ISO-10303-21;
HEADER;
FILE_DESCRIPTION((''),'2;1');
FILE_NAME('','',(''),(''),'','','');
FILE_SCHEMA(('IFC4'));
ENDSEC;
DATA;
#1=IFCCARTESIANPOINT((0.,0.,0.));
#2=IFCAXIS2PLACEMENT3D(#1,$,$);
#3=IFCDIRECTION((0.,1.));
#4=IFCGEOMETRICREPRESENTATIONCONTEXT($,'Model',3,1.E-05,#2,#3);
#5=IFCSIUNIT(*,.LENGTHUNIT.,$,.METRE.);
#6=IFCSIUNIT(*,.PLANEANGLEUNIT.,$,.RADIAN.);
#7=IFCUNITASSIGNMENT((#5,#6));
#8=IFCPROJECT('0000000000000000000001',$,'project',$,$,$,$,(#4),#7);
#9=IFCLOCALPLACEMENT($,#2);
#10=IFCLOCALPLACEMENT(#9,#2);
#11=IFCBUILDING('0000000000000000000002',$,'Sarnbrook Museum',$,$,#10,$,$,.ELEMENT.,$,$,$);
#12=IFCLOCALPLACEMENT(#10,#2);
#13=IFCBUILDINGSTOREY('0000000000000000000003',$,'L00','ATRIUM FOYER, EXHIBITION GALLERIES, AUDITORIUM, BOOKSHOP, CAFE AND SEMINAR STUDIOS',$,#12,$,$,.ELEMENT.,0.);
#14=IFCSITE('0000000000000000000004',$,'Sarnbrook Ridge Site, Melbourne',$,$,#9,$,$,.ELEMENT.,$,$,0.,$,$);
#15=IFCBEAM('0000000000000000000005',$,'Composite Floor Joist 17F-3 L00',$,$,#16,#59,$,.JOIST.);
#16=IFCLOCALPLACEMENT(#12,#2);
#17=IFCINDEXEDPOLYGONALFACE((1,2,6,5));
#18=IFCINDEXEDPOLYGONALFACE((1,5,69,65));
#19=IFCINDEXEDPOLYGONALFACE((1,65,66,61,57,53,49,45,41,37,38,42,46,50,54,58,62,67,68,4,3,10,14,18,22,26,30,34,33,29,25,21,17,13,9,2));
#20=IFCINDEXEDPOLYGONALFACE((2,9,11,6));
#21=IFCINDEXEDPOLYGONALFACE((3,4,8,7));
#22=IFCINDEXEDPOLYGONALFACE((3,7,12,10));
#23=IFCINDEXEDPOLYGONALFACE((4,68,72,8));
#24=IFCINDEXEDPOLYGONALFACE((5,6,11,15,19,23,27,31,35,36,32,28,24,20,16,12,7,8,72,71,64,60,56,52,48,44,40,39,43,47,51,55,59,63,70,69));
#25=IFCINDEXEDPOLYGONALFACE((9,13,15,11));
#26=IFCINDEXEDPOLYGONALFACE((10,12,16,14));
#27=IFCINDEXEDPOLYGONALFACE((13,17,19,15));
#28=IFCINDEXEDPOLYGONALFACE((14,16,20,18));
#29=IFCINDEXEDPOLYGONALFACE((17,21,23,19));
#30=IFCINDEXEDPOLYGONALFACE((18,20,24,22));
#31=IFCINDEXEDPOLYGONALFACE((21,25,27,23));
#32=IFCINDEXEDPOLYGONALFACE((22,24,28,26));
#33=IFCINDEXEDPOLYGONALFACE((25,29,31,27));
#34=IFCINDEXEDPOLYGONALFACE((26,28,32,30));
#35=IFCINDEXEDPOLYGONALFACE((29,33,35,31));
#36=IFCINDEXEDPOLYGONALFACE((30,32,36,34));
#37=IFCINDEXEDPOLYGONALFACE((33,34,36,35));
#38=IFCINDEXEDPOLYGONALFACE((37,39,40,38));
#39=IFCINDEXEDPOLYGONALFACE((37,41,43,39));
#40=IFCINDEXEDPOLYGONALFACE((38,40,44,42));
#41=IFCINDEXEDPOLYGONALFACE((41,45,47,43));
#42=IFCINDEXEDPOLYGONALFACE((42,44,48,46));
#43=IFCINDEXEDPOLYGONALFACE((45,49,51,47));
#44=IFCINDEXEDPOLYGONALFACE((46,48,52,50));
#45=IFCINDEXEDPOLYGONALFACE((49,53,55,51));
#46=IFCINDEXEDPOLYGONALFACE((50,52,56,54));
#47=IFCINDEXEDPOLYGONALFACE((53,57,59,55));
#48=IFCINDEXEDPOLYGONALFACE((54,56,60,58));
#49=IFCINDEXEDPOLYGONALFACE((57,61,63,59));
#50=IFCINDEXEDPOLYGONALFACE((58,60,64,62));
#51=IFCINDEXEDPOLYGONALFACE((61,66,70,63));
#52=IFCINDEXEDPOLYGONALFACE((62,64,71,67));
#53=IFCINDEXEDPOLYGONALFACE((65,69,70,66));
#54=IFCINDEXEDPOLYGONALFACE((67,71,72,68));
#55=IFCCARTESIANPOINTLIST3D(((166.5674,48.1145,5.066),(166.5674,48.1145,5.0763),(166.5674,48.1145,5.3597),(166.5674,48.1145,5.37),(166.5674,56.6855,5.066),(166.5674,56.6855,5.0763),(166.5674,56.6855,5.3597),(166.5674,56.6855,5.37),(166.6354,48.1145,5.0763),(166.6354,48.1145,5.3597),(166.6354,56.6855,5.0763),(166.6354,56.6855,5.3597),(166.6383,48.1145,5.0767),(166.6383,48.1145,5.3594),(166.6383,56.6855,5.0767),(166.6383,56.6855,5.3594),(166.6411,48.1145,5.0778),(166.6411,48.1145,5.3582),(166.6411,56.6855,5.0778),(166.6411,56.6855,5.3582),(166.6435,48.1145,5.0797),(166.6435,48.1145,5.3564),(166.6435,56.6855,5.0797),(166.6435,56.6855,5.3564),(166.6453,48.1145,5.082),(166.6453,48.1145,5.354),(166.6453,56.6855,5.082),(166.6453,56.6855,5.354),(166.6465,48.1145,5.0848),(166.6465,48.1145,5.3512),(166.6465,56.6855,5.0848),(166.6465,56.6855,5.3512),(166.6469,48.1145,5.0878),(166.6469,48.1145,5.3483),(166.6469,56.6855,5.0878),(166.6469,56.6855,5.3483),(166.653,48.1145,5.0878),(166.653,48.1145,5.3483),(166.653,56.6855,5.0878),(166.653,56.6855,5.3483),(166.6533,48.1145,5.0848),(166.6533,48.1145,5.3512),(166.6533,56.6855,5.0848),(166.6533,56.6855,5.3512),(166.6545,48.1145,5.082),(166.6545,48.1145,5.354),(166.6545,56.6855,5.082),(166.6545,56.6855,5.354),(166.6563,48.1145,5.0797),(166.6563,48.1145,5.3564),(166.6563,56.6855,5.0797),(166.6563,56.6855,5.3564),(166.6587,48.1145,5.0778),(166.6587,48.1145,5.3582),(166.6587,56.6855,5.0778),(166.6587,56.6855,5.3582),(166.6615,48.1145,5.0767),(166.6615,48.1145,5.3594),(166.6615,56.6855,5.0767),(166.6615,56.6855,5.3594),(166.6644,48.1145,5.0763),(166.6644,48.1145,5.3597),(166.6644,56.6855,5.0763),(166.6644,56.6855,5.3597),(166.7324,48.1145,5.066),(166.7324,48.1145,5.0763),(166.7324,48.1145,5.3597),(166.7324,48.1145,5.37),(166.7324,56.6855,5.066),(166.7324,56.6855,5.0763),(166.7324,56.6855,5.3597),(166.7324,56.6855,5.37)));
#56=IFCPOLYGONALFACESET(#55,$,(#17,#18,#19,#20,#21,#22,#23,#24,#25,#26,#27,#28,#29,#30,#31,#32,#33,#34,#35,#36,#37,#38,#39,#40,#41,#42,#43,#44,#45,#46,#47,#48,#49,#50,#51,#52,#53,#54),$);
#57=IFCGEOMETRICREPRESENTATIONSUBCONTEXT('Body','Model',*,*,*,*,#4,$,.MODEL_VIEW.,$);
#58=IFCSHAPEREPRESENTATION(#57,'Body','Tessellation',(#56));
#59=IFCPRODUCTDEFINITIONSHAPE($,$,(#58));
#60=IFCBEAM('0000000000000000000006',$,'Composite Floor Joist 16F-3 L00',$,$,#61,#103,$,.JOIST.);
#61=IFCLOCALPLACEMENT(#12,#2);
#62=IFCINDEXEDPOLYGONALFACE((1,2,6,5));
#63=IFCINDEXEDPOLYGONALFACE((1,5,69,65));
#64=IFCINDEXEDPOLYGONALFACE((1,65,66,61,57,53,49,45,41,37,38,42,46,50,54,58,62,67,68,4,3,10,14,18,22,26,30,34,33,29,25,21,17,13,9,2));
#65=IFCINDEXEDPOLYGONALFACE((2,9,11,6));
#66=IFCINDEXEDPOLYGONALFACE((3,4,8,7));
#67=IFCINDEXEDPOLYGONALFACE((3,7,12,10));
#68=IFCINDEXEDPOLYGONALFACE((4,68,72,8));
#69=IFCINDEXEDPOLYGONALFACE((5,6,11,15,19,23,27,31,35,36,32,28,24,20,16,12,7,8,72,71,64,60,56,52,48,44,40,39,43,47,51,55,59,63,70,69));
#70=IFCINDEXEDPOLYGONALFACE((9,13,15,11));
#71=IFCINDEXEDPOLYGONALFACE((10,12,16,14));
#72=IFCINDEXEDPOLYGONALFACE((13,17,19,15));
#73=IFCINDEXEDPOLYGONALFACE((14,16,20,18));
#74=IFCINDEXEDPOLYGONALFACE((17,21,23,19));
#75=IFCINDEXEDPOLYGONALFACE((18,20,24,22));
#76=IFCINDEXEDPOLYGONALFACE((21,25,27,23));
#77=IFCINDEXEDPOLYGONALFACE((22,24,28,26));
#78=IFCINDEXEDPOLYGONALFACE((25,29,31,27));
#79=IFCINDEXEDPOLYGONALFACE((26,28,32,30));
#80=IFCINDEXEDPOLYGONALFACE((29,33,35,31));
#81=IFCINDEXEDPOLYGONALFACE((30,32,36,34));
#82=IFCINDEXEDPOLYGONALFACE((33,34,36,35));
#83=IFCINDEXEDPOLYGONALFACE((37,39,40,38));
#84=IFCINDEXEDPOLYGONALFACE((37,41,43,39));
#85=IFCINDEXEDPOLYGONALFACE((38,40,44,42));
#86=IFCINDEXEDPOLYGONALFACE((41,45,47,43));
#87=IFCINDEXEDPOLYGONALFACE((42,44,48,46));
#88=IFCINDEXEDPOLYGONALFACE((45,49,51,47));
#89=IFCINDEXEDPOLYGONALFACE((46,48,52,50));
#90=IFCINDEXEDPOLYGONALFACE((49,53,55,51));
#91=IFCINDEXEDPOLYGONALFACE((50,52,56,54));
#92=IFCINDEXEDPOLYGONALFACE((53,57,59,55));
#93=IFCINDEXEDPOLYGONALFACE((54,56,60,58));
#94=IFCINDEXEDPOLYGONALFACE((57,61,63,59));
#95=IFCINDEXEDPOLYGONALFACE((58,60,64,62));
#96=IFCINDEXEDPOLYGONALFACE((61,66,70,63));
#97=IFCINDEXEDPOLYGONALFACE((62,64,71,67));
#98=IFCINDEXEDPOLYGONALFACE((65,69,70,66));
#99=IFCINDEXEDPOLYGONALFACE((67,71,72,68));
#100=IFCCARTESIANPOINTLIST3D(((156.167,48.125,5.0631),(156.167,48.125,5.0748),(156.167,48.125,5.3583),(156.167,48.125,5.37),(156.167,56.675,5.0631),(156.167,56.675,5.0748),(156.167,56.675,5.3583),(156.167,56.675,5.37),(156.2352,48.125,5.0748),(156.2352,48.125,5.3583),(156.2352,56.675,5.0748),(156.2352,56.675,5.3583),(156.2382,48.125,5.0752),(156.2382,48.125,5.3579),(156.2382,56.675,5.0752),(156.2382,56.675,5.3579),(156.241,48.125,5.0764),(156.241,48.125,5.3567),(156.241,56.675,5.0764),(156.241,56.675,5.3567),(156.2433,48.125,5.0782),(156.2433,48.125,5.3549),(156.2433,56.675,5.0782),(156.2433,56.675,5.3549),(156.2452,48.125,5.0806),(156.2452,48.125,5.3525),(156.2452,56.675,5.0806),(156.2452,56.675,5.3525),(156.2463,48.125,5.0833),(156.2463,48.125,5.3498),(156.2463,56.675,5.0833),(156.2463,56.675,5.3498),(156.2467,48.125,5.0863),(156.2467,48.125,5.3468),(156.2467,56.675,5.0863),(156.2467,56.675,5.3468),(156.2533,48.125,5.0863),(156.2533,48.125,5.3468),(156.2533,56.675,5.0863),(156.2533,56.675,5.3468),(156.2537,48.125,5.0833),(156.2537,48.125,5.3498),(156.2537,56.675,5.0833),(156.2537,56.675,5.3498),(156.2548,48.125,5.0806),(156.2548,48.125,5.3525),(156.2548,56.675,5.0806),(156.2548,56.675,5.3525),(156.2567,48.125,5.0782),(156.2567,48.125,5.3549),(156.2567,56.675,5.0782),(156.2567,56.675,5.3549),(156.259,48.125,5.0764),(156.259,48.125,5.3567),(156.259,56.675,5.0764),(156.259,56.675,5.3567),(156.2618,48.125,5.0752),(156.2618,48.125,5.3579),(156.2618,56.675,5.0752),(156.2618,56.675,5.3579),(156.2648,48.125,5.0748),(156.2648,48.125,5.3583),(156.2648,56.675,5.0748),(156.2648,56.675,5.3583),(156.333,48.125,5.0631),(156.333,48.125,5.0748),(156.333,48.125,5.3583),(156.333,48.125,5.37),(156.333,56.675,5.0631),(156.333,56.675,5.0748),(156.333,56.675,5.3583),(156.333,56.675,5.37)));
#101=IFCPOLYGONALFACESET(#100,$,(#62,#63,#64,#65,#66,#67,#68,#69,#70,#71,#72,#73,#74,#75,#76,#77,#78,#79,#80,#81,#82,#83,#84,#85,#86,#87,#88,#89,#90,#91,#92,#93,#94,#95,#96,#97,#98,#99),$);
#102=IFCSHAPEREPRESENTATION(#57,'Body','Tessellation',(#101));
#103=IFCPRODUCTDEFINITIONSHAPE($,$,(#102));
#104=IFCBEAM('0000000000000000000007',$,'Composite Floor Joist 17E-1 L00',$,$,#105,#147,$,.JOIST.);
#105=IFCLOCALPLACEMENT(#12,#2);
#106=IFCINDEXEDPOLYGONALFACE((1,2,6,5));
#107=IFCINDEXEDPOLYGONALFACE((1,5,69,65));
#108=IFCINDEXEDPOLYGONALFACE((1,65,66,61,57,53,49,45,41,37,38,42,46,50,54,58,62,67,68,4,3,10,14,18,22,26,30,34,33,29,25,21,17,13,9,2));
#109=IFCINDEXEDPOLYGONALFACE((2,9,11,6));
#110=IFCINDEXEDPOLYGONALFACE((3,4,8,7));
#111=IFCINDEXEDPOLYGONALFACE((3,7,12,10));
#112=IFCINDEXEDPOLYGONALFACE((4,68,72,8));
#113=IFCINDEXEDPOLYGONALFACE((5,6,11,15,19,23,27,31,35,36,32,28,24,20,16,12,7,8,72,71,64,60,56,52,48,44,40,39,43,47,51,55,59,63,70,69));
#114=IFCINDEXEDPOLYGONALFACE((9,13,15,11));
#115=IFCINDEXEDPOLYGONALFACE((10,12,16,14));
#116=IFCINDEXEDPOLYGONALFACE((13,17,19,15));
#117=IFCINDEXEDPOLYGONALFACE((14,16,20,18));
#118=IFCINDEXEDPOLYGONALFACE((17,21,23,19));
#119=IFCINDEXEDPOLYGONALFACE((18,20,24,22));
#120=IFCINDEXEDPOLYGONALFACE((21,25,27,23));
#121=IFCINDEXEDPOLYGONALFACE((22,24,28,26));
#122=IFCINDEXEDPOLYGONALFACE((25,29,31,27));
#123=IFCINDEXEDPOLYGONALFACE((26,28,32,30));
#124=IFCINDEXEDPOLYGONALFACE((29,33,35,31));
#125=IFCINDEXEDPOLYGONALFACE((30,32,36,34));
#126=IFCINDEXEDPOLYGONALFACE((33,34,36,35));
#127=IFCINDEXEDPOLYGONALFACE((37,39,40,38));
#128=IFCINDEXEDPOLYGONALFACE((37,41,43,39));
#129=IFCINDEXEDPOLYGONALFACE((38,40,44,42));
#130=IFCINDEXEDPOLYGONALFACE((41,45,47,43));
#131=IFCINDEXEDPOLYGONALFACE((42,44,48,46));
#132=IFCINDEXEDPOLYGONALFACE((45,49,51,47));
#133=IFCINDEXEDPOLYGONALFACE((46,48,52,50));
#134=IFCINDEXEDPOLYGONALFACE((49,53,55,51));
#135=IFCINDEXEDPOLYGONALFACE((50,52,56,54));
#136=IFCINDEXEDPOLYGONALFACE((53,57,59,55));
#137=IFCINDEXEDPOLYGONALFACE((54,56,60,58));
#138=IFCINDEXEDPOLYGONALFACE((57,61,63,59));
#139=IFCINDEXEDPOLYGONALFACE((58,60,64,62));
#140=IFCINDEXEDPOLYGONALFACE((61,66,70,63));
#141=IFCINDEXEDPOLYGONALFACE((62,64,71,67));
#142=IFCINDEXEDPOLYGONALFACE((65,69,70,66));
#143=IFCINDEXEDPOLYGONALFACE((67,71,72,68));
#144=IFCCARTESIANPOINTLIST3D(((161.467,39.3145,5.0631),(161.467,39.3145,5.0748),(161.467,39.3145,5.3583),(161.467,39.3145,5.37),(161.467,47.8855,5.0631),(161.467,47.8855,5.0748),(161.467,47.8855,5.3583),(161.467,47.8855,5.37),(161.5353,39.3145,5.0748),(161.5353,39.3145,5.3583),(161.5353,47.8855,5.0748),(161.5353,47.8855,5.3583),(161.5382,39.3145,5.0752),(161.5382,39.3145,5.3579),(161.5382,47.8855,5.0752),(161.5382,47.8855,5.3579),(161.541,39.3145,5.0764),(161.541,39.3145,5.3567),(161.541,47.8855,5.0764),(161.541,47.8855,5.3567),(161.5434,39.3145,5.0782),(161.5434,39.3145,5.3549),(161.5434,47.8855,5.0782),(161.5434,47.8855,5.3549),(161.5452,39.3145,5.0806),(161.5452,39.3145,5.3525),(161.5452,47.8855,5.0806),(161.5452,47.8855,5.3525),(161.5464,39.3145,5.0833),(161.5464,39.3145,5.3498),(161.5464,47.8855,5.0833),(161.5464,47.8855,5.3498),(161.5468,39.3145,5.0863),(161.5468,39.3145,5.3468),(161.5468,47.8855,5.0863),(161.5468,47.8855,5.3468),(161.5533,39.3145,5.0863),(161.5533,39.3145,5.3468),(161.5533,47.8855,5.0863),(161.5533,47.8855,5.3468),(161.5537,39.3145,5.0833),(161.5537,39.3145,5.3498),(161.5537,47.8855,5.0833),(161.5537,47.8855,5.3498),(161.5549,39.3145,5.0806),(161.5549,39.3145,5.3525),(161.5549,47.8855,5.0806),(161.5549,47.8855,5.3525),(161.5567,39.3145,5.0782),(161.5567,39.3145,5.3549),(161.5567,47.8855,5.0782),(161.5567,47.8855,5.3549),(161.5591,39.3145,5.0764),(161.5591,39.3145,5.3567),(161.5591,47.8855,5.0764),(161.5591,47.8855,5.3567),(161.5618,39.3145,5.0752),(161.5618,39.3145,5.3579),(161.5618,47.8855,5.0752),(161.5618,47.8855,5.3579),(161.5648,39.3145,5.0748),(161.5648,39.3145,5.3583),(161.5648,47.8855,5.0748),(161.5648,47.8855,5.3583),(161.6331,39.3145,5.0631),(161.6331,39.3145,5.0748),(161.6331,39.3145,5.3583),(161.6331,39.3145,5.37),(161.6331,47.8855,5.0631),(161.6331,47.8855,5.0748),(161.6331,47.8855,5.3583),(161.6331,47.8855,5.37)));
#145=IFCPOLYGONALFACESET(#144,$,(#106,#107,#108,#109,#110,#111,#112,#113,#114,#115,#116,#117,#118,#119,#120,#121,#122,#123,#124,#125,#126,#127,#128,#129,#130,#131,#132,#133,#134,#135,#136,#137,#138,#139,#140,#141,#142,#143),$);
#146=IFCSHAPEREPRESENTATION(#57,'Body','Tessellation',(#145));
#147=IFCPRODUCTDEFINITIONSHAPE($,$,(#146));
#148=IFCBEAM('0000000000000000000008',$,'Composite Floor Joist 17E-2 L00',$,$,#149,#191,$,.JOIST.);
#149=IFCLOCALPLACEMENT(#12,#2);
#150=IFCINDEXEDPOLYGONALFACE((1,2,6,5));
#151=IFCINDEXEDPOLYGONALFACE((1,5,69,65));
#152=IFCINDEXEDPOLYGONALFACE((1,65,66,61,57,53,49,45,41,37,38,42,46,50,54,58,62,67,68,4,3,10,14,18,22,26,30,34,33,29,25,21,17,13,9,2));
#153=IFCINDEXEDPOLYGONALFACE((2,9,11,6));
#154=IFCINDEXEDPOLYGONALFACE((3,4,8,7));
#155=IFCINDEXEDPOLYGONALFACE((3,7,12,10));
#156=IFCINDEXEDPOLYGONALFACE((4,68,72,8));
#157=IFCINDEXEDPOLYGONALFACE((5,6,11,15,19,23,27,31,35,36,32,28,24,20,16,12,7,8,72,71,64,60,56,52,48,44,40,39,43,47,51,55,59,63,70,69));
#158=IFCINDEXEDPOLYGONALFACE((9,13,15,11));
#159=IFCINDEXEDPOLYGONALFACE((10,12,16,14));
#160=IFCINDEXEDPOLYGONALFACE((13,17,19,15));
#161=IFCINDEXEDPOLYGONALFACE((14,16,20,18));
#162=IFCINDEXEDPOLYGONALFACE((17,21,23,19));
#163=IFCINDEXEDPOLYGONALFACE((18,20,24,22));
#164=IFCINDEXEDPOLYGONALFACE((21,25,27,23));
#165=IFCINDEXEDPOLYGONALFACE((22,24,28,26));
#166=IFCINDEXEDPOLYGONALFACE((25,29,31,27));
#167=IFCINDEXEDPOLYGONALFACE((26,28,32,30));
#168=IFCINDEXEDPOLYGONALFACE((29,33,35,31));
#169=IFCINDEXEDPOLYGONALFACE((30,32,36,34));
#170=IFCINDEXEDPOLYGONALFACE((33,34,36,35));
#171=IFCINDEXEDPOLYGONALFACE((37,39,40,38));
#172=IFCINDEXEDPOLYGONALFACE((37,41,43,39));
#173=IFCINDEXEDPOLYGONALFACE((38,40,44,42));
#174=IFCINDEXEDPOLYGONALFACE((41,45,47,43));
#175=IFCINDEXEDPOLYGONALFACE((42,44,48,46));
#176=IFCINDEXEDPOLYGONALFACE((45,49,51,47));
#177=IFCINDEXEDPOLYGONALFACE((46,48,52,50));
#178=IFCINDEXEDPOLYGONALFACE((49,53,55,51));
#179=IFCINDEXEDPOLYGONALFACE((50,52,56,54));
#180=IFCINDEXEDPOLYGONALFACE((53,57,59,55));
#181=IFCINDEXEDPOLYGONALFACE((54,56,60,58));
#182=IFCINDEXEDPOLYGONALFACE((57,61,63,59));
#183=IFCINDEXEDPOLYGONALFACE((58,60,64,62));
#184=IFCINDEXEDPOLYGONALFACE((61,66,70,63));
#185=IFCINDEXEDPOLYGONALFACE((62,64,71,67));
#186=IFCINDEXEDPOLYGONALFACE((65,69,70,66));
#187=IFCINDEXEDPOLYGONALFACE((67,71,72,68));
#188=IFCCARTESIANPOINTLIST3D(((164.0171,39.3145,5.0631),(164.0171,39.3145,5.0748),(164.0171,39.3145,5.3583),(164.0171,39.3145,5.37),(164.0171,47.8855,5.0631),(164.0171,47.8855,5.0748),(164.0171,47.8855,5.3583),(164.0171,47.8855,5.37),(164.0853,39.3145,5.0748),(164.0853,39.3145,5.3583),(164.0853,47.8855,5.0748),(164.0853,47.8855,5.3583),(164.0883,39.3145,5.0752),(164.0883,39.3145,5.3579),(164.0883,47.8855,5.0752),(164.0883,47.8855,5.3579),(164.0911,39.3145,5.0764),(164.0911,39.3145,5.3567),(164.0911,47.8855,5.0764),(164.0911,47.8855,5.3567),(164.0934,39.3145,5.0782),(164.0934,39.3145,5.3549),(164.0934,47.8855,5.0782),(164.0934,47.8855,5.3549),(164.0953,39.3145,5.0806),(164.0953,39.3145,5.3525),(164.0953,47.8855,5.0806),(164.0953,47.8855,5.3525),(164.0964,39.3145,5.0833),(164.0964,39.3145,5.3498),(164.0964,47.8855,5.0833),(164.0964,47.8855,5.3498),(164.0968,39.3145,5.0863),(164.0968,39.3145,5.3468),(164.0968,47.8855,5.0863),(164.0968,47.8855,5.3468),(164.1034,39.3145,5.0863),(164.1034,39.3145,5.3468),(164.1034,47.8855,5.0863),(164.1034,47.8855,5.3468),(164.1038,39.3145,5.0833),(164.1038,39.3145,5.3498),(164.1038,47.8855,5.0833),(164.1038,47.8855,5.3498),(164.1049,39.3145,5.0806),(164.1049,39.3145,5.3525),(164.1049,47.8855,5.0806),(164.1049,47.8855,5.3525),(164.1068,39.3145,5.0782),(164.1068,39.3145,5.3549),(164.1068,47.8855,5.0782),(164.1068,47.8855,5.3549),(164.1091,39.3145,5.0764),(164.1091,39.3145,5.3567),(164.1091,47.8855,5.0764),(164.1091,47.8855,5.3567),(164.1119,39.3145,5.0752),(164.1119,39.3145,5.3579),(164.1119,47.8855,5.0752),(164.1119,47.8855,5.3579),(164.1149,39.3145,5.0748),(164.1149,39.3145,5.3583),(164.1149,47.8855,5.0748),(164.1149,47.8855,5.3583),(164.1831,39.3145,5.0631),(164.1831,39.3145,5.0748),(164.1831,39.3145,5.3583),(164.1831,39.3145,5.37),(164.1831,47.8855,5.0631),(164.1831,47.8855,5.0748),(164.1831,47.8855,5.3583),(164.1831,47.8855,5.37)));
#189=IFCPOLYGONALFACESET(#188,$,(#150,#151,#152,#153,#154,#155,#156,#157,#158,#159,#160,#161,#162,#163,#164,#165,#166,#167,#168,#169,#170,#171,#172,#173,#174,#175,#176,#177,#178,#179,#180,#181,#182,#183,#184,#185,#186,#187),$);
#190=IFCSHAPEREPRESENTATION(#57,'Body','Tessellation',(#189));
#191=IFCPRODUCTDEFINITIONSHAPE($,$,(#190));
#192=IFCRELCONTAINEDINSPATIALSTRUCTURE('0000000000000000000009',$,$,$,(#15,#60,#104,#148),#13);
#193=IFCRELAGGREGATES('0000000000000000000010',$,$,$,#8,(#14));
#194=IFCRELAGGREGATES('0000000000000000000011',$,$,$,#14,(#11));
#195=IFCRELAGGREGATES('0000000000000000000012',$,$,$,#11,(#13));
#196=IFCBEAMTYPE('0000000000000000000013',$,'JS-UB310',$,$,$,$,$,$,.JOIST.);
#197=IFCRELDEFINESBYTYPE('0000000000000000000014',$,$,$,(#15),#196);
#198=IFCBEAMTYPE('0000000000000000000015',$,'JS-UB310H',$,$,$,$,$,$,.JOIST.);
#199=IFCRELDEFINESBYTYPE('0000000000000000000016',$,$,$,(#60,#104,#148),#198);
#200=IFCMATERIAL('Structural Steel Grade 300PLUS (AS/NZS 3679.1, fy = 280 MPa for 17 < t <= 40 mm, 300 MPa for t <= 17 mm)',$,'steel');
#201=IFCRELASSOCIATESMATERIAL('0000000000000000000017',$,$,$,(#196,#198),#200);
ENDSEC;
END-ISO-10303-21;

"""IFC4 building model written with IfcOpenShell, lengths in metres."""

from ifc_helpers import new_model, si_unit, direction, frame, origin, origin_2d, place, context, subcontext, project, spatial, i_section, extrude, material, material_profile, profile_set, type_object, element, save


model = new_model("IFC4")

# Units and contexts
model_context = context("Model", 3, precision=1e-05, world=origin(), true_north=direction((0.0, 1.0)))
body_context = subcontext(model_context, "Body", "Model", "MODEL_VIEW")
ifc_project = project(units=[si_unit("LENGTHUNIT", "METRE"), si_unit("PLANEANGLEUNIT", "RADIAN")], contexts=[model_context])

# Site, building, storey
site_placement = place(None, origin())
site = spatial("IfcSite", under=ifc_project, at=site_placement, Name="Sarnbrook Ridge Site, Melbourne", CompositionType="ELEMENT", RefElevation=0.0)
building_placement = place(site_placement, origin())
building = spatial("IfcBuilding", under=site, at=building_placement, Name="Sarnbrook Museum", CompositionType="ELEMENT")
storey_placement = place(building_placement, origin())
storey = spatial("IfcBuildingStorey", under=building, at=storey_placement, Name="L00", Description="ATRIUM FOYER, EXHIBITION GALLERIES, AUDITORIUM, BOOKSHOP, CAFE AND SEMINAR STUDIOS", CompositionType="ELEMENT", Elevation=0.0)

# Beams
ifc_material_1 = material(Name="Structural Steel Grade 300PLUS (AS/NZS 3679.1, fy = 280 MPa for 17 < t <= 40 mm, 300 MPa for t <= 17 mm)", Category="steel")
ifc_material_profile_1 = material_profile(ifc_material_1, i_section(OverallWidth=0.165, OverallDepth=0.304, WebThickness=0.0061, FlangeThickness=0.0103, FilletRadius=0.0115, at=origin_2d()), Name="310UB40.4")
ifc_profile_set_1 = profile_set([ifc_material_profile_1], Name="Structural Steel Grade 300PLUS (AS/NZS 3679.1, fy = 280 MPa for 17 < t <= 40 mm, 300 MPa for t <= 17 mm)")
beam_type_1 = type_object("IfcBeamType", Name="JS-UB310", PredefinedType="JOIST", material=ifc_profile_set_1)
for number, where, z_axis, x_axis, name in (
    (1, (166.6499, 48.1145, 5.218), (0.0, 1.0, 0.0), (-1.0, 0.0, 0.0), "Composite Floor Joist 17F-3 L00"),
):
    element("IfcBeam", number, at=place(storey_placement, frame(where, z_axis=z_axis, x_axis=x_axis)), inside=storey, type_object=beam_type_1, Name=name, PredefinedType="JOIST", context=body_context, shape_type="SweptSolid", body=[
        extrude(i_section(OverallWidth=0.165, OverallDepth=0.304, WebThickness=0.0061, FlangeThickness=0.0103, FilletRadius=0.0115, at=origin_2d()), origin(), (0.0, 0.0, 1.0), 8.571),
    ])
ifc_material_profile_2 = material_profile(ifc_material_1, i_section(OverallWidth=0.166, OverallDepth=0.3069, WebThickness=0.0066, FlangeThickness=0.0117, FilletRadius=0.0115, at=origin_2d()), Name="310UB46.2")
ifc_profile_set_2 = profile_set([ifc_material_profile_2], Name="Structural Steel Grade 300PLUS (AS/NZS 3679.1, fy = 280 MPa for 17 < t <= 40 mm, 300 MPa for t <= 17 mm)")
beam_type_2 = type_object("IfcBeamType", Name="JS-UB310H", PredefinedType="JOIST", material=ifc_profile_set_2)
beam_1_placement = place(storey_placement, frame((156.25, 48.125, 5.2166), z_axis=(0.0, 1.0, 0.0), x_axis=(-1.0, 0.0, 0.0)))
element("IfcBeam", 2, at=beam_1_placement, inside=storey, type_object=beam_type_2, Name="Composite Floor Joist 16F-3 L00", PredefinedType="JOIST", context=body_context, shape_type="SweptSolid", body=[
    extrude(i_section(OverallWidth=0.166, OverallDepth=0.3069, WebThickness=0.0066, FlangeThickness=0.0117, FilletRadius=0.0115, at=origin_2d()), origin(), (0.0, 0.0, 1.0), 8.55),
])
for number, where, z_axis, x_axis, name in (
    (3, (161.55, 39.3145, 5.2166), (0.0, 1.0, 0.0), (-1.0, 0.0, 0.0), "Composite Floor Joist 17E-1 L00"),
    (4, (164.1001, 39.3145, 5.2166), (0.0, 1.0, 0.0), (-1.0, 0.0, 0.0), "Composite Floor Joist 17E-2 L00"),
):
    element("IfcBeam", number, at=place(storey_placement, frame(where, z_axis=z_axis, x_axis=x_axis)), inside=storey, type_object=beam_type_2, Name=name, PredefinedType="JOIST", context=body_context, shape_type="SweptSolid", body=[
        extrude(i_section(OverallWidth=0.166, OverallDepth=0.3069, WebThickness=0.0066, FlangeThickness=0.0117, FilletRadius=0.0115, at=origin_2d()), origin(), (0.0, 0.0, 1.0), 8.571),
    ])

save(model, "model.ifc")
